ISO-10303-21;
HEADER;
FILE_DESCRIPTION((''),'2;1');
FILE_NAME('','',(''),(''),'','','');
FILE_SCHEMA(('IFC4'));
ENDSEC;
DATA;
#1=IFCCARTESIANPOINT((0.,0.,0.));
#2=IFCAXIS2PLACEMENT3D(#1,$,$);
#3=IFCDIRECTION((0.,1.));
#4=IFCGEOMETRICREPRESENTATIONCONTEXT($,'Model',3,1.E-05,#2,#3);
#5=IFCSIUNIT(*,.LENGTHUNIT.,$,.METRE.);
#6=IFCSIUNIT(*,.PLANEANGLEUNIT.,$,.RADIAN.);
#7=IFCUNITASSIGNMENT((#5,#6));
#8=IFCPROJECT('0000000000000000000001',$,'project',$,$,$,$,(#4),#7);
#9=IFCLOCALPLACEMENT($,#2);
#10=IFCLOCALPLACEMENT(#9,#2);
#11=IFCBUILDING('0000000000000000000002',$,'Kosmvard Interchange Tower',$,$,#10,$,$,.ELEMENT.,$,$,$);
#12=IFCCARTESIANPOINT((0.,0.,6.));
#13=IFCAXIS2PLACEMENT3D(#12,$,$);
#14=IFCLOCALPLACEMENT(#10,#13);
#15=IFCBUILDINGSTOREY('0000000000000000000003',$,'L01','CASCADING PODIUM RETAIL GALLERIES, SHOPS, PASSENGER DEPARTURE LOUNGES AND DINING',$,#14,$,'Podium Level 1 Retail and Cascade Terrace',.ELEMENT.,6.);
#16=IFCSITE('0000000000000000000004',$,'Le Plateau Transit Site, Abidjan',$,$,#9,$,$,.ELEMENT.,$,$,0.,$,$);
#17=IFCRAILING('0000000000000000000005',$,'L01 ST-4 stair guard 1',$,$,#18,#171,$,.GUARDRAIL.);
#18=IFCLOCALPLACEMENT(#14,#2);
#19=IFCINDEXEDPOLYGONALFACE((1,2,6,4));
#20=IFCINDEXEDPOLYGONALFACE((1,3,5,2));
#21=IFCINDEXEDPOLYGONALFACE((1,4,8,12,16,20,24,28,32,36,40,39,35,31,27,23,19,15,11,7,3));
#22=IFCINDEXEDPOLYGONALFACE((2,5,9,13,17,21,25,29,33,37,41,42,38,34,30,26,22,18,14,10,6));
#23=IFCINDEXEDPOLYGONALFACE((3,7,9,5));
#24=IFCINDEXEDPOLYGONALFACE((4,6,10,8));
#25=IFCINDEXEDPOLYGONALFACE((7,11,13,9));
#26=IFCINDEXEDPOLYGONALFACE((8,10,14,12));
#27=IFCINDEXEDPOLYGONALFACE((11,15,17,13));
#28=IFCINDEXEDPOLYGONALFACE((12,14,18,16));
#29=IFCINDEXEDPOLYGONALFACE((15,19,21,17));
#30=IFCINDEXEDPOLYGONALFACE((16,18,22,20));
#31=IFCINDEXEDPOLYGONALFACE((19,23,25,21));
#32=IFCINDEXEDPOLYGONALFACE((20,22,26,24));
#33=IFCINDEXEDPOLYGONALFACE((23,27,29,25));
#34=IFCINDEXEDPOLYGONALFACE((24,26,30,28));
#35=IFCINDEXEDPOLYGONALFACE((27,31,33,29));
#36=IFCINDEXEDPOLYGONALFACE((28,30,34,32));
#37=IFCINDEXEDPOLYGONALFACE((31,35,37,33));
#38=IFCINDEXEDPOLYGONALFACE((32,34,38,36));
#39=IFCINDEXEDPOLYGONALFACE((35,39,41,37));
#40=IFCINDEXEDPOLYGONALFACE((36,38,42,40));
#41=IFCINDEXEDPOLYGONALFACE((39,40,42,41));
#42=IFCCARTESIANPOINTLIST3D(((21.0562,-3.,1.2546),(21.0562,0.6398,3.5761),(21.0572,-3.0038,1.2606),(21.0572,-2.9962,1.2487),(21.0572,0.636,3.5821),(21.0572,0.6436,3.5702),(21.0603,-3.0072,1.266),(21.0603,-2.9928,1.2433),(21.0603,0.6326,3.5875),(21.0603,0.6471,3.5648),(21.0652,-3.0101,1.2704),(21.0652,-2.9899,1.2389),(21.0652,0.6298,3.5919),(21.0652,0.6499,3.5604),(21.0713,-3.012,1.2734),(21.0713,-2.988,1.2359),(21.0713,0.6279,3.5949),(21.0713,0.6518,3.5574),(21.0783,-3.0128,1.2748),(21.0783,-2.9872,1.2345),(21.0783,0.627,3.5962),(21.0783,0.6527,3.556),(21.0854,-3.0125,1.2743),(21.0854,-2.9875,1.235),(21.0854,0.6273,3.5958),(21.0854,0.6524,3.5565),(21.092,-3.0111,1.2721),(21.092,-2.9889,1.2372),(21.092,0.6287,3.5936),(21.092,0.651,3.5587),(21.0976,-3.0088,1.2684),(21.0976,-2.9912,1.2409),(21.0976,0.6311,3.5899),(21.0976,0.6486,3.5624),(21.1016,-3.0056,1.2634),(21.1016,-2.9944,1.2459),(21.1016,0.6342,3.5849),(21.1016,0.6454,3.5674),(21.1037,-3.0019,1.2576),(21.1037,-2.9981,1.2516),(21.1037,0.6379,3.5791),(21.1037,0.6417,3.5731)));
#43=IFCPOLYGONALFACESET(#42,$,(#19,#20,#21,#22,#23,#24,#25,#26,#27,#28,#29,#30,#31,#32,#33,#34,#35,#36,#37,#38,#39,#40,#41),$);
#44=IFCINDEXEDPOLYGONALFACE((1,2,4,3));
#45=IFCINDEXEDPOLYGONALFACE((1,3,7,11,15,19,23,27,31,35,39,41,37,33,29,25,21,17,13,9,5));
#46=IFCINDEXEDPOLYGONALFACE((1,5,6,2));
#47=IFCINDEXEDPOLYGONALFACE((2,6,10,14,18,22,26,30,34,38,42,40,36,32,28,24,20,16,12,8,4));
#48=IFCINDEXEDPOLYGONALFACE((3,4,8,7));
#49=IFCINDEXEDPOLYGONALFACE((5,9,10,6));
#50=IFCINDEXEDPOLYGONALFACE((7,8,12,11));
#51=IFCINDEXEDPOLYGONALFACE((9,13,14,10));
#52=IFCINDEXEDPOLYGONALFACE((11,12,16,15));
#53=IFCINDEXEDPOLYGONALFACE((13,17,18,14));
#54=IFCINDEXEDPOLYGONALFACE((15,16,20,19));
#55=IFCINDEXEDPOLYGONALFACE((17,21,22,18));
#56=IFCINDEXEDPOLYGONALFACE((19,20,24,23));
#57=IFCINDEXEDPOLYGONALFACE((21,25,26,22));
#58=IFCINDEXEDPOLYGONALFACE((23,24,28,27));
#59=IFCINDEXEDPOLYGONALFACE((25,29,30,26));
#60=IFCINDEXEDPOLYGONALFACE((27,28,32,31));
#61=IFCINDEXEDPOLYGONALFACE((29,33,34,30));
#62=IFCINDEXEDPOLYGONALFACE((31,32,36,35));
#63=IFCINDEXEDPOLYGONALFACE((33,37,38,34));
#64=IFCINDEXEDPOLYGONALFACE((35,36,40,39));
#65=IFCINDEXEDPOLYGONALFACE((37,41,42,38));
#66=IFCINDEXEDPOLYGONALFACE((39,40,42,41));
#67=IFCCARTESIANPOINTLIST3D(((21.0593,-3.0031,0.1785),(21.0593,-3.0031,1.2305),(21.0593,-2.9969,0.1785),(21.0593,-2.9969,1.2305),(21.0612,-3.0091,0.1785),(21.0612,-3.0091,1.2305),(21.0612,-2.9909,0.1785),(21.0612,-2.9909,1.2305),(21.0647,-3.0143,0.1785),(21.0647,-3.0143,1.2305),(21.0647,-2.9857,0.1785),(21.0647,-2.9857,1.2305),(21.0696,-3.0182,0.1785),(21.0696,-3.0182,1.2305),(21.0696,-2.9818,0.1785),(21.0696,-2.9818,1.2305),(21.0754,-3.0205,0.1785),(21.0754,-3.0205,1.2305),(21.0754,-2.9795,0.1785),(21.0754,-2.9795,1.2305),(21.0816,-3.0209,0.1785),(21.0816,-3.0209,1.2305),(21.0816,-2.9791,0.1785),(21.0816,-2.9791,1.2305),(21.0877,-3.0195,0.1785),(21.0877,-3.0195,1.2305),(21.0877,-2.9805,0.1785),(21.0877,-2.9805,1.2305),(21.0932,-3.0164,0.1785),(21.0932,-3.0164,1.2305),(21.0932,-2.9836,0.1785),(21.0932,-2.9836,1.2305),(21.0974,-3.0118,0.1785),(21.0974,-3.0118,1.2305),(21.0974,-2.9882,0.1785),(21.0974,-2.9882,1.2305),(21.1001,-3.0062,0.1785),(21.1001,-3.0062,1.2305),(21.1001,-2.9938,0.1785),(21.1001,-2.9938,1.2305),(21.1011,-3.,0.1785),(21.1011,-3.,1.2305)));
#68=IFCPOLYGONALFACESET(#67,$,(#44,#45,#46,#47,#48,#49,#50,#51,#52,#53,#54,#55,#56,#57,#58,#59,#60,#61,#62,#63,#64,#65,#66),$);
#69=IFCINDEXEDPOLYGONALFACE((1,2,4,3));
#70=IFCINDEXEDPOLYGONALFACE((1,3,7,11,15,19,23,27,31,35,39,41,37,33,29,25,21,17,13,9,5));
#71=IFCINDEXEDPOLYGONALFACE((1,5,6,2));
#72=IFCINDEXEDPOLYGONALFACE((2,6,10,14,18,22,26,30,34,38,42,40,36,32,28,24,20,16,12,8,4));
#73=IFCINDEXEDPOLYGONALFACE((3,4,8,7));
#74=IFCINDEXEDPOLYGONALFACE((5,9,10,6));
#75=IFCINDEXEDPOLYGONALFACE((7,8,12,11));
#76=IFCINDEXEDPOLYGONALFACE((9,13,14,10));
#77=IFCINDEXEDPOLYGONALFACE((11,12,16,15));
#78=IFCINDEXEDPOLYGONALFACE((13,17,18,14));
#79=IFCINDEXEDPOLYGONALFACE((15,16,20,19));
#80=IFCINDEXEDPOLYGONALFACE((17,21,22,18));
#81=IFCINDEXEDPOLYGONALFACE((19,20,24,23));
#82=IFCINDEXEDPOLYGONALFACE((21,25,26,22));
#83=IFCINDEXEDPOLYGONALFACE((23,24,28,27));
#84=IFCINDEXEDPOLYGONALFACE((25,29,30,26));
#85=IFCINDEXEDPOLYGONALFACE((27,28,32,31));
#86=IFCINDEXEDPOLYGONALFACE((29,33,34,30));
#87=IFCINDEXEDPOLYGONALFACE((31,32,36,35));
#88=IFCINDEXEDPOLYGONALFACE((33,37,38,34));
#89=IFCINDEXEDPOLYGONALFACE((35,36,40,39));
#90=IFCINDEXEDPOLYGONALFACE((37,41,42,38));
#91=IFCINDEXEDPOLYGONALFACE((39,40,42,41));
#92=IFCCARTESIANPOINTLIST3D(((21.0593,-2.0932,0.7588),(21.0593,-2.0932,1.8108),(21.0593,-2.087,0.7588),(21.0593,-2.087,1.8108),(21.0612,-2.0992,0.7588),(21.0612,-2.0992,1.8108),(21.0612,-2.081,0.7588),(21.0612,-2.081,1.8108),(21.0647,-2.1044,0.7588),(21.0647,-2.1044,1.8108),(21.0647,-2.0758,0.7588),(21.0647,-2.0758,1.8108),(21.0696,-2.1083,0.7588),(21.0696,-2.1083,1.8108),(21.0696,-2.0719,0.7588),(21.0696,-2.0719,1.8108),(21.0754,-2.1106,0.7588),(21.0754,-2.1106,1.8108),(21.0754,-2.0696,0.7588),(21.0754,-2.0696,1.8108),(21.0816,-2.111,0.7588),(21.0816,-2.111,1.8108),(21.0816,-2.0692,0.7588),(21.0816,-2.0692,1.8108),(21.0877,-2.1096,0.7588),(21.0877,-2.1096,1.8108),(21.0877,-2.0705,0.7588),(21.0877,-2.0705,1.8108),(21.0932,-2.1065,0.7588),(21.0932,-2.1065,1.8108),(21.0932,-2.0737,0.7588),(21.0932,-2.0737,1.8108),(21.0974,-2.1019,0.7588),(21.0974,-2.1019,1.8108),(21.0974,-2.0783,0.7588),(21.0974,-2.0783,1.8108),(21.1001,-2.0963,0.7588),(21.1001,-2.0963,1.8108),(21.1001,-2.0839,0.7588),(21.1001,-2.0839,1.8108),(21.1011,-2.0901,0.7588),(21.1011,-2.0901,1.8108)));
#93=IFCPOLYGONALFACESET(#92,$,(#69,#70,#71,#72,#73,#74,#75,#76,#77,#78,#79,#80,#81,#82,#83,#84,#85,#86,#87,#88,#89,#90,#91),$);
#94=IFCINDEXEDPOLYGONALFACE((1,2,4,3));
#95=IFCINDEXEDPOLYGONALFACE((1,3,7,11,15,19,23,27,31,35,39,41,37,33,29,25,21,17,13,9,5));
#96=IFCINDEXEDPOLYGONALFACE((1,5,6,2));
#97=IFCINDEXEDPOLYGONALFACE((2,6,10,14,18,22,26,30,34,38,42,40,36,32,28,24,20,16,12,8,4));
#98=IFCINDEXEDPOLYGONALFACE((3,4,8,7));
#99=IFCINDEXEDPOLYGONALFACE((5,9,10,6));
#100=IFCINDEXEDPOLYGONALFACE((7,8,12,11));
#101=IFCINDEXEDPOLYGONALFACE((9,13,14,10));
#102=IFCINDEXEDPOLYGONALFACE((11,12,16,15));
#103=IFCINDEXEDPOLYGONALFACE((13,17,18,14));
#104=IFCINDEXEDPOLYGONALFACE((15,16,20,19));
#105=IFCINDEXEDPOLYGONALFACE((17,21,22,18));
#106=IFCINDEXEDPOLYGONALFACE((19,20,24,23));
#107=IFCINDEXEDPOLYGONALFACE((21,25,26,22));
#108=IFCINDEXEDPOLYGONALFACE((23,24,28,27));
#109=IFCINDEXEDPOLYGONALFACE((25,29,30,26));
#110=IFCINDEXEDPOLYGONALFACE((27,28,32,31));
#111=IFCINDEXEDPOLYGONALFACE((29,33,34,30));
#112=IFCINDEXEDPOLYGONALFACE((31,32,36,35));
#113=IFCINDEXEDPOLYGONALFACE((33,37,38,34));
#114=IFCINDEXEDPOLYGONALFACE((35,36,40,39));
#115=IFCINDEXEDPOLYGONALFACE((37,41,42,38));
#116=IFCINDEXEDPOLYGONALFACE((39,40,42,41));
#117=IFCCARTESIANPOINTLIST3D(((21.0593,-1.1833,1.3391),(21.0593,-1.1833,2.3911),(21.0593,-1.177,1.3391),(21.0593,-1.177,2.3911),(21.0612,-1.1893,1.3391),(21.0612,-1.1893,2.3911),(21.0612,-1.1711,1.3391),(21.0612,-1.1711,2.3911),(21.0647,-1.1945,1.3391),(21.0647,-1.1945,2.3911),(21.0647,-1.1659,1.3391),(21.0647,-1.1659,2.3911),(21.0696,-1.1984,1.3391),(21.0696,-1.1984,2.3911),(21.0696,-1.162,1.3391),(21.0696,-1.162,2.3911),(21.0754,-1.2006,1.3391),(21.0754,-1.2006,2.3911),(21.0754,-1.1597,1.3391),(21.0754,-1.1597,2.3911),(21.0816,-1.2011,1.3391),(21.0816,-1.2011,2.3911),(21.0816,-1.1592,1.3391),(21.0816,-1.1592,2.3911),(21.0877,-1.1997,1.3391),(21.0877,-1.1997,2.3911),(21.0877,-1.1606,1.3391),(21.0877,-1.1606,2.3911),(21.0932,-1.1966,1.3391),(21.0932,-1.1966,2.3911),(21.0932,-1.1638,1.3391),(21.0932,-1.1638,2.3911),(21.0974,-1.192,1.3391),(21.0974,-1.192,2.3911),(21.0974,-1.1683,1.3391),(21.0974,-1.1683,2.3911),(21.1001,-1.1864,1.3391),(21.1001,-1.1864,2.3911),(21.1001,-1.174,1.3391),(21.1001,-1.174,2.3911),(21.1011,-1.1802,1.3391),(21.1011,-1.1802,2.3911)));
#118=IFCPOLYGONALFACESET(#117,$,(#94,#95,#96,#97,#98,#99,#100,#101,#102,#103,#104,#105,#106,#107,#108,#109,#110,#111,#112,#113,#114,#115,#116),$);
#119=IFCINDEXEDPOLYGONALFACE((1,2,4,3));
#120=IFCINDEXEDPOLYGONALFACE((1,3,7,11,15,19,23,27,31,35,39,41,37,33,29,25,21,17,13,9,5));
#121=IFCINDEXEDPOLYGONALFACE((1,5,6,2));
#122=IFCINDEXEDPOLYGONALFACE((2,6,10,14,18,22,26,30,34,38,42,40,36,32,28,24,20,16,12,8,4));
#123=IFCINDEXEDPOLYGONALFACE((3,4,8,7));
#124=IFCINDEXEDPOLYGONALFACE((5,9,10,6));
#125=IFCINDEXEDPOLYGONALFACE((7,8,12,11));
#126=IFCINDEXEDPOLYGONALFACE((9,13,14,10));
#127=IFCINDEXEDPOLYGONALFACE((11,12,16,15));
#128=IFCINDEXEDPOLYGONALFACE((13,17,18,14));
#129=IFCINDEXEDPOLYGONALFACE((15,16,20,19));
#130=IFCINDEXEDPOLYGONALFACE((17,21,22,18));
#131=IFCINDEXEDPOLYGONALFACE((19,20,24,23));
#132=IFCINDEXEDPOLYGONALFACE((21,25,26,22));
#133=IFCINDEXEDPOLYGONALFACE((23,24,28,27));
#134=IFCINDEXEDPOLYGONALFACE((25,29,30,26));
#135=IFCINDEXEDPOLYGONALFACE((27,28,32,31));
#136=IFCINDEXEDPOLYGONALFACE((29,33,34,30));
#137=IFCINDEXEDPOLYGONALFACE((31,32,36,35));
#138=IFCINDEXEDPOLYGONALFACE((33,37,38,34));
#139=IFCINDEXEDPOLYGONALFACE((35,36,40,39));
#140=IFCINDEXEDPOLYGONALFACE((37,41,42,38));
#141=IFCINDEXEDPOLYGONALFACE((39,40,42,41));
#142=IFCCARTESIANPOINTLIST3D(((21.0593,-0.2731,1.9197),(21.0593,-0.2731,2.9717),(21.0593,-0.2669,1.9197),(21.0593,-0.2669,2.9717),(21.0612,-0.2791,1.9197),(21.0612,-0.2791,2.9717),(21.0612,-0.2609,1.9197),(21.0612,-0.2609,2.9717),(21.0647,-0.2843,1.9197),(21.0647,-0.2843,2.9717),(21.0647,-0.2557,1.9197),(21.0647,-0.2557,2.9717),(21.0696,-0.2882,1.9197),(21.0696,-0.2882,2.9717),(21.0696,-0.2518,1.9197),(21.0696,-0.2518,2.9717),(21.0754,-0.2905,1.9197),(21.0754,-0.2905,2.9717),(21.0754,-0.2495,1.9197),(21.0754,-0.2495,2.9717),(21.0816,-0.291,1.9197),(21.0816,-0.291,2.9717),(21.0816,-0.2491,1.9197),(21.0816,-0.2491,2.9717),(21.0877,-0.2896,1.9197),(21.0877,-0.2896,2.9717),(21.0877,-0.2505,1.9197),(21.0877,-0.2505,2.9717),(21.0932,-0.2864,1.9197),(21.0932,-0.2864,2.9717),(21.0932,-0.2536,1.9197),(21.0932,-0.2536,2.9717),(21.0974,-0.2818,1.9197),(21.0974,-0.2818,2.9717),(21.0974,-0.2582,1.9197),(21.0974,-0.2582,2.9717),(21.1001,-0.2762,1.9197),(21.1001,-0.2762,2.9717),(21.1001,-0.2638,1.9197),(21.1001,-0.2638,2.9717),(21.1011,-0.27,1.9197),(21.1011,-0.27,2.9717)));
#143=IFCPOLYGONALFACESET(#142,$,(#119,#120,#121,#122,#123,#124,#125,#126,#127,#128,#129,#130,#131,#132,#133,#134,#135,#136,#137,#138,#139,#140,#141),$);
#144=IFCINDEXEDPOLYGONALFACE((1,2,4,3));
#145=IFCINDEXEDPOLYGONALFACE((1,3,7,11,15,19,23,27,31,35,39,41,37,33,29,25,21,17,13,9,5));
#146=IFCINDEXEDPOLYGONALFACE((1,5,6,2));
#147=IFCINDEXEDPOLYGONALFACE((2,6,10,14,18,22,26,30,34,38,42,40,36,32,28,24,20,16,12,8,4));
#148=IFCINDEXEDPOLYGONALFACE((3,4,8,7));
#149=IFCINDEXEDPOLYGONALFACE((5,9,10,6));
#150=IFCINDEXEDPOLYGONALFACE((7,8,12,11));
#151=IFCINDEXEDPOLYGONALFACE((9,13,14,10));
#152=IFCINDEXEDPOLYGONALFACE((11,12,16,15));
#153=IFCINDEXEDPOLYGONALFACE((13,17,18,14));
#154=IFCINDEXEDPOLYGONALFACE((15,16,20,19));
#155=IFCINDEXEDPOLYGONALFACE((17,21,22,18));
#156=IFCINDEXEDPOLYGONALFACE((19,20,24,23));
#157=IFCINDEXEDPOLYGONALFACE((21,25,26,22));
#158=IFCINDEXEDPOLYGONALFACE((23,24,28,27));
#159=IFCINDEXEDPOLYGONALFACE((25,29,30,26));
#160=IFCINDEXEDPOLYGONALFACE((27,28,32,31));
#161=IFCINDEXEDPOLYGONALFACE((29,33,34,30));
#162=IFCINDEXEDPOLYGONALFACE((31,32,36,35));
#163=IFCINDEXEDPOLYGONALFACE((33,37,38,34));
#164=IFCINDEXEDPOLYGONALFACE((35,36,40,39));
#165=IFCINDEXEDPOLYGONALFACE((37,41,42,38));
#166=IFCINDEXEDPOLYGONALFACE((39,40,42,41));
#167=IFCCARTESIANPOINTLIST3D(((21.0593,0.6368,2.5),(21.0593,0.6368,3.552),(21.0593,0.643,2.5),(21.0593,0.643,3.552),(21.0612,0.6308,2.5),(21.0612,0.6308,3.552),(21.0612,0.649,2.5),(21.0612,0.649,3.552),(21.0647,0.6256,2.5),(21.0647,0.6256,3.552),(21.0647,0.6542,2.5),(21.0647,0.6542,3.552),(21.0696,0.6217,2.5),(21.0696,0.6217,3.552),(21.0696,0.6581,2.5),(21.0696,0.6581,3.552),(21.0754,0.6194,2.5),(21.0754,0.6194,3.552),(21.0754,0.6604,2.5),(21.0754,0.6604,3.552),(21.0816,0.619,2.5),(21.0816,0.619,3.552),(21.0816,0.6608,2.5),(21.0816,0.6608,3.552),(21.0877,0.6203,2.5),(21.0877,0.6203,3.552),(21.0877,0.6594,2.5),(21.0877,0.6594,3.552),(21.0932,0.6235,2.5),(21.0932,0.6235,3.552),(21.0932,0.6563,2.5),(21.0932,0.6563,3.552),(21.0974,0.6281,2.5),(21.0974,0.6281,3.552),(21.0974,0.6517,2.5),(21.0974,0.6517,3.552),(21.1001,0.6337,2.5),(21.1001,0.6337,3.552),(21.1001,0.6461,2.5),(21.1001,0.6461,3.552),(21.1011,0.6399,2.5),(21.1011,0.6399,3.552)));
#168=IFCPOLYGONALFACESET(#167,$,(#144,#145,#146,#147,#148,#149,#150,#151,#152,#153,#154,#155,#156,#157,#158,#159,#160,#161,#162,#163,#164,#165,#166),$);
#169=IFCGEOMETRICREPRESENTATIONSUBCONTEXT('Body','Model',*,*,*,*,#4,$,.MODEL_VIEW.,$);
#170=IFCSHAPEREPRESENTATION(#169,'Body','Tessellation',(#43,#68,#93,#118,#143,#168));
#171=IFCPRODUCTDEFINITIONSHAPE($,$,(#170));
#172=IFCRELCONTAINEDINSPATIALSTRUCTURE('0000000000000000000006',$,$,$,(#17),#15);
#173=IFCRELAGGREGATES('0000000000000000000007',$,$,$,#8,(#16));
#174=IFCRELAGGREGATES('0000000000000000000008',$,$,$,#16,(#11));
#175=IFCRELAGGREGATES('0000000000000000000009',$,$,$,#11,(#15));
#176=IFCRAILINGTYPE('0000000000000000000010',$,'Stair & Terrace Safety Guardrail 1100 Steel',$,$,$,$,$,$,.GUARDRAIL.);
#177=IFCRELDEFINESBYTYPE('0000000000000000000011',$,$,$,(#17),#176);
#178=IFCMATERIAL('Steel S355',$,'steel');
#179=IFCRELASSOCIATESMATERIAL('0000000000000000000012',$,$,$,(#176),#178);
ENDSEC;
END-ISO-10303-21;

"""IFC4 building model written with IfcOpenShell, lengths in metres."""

from ifc_helpers import new_model, si_unit, direction, frame, origin, origin_2d, place, context, subcontext, project, spatial, circle, extrude, source, transform, mapped, material, type_object, element, save


model = new_model("IFC4")

# Units and contexts
model_context = context("Model", 3, precision=1e-05, world=origin(), true_north=direction((0.0, 1.0)))
body_context = subcontext(model_context, "Body", "Model", "MODEL_VIEW")
ifc_project = project(units=[si_unit("LENGTHUNIT", "METRE"), si_unit("PLANEANGLEUNIT", "RADIAN")], contexts=[model_context])

# Site, building, storey
site_placement = place(None, origin())
site = spatial("IfcSite", under=ifc_project, at=site_placement, Name="Le Plateau Transit Site, Abidjan", CompositionType="ELEMENT", RefElevation=0.0)
building_placement = place(site_placement, origin())
building = spatial("IfcBuilding", under=site, at=building_placement, Name="Kosmvard Interchange Tower", CompositionType="ELEMENT")
storey_placement = place(building_placement, frame((0.0, 0.0, 6.0)))
storey = spatial("IfcBuildingStorey", under=building, at=storey_placement, Name="L01", Description="CASCADING PODIUM RETAIL GALLERIES, SHOPS, PASSENGER DEPARTURE LOUNGES AND DINING", LongName="Podium Level 1 Retail and Cascade Terrace", CompositionType="ELEMENT", Elevation=6.0)

# Shared definitions
ifc_material_1 = material(Name="Steel S355", Category="steel")

# Railing
railing_type_1 = type_object("IfcRailingType", Name="Stair & Terrace Safety Guardrail 1100 Steel", PredefinedType="GUARDRAIL", material=ifc_material_1)
shared_shape_1 = source(origin(), body_context, "Body", "SweptSolid", [
    extrude(circle(Radius=0.0239, at=origin_2d()), frame((0.0, 0.0, 1.0762), z_axis=(0.0, 0.843112, 0.537739), x_axis=(-1.0, 0.0, 0.0)), (0.0, 0.0, 1.0), 4.3171),
    extrude(circle(Radius=0.021, at=origin_2d()), origin(), (0.0, 0.0, 1.0), 1.052),
    extrude(circle(Radius=0.021, at=origin_2d()), frame((0.0, 0.9099, 0.5803)), (0.0, 0.0, 1.0), 1.052),
    extrude(circle(Radius=0.021, at=origin_2d()), frame((0.0, 1.8198, 1.1606)), (0.0, 0.0, 1.0), 1.052),
    extrude(circle(Radius=0.021, at=origin_2d()), frame((0.0, 2.73, 1.7412)), (0.0, 0.0, 1.0), 1.052),
    extrude(circle(Radius=0.021, at=origin_2d()), frame((0.0, 3.6399, 2.3215)), (0.0, 0.0, 1.0), 1.052),
])
railing_1_placement = place(storey_placement, frame((21.0801, -3.0, 0.1785)))
element("IfcRailing", 1, at=railing_1_placement, inside=storey, type_object=railing_type_1, Name="L01 ST-4 stair guard 1", PredefinedType="GUARDRAIL", context=body_context, shape_type="MappedRepresentation", body=[
    mapped(shared_shape_1, transform((0.0, 0.0, 0.0), scale=1.0)),
])

save(model, "model.ifc")
